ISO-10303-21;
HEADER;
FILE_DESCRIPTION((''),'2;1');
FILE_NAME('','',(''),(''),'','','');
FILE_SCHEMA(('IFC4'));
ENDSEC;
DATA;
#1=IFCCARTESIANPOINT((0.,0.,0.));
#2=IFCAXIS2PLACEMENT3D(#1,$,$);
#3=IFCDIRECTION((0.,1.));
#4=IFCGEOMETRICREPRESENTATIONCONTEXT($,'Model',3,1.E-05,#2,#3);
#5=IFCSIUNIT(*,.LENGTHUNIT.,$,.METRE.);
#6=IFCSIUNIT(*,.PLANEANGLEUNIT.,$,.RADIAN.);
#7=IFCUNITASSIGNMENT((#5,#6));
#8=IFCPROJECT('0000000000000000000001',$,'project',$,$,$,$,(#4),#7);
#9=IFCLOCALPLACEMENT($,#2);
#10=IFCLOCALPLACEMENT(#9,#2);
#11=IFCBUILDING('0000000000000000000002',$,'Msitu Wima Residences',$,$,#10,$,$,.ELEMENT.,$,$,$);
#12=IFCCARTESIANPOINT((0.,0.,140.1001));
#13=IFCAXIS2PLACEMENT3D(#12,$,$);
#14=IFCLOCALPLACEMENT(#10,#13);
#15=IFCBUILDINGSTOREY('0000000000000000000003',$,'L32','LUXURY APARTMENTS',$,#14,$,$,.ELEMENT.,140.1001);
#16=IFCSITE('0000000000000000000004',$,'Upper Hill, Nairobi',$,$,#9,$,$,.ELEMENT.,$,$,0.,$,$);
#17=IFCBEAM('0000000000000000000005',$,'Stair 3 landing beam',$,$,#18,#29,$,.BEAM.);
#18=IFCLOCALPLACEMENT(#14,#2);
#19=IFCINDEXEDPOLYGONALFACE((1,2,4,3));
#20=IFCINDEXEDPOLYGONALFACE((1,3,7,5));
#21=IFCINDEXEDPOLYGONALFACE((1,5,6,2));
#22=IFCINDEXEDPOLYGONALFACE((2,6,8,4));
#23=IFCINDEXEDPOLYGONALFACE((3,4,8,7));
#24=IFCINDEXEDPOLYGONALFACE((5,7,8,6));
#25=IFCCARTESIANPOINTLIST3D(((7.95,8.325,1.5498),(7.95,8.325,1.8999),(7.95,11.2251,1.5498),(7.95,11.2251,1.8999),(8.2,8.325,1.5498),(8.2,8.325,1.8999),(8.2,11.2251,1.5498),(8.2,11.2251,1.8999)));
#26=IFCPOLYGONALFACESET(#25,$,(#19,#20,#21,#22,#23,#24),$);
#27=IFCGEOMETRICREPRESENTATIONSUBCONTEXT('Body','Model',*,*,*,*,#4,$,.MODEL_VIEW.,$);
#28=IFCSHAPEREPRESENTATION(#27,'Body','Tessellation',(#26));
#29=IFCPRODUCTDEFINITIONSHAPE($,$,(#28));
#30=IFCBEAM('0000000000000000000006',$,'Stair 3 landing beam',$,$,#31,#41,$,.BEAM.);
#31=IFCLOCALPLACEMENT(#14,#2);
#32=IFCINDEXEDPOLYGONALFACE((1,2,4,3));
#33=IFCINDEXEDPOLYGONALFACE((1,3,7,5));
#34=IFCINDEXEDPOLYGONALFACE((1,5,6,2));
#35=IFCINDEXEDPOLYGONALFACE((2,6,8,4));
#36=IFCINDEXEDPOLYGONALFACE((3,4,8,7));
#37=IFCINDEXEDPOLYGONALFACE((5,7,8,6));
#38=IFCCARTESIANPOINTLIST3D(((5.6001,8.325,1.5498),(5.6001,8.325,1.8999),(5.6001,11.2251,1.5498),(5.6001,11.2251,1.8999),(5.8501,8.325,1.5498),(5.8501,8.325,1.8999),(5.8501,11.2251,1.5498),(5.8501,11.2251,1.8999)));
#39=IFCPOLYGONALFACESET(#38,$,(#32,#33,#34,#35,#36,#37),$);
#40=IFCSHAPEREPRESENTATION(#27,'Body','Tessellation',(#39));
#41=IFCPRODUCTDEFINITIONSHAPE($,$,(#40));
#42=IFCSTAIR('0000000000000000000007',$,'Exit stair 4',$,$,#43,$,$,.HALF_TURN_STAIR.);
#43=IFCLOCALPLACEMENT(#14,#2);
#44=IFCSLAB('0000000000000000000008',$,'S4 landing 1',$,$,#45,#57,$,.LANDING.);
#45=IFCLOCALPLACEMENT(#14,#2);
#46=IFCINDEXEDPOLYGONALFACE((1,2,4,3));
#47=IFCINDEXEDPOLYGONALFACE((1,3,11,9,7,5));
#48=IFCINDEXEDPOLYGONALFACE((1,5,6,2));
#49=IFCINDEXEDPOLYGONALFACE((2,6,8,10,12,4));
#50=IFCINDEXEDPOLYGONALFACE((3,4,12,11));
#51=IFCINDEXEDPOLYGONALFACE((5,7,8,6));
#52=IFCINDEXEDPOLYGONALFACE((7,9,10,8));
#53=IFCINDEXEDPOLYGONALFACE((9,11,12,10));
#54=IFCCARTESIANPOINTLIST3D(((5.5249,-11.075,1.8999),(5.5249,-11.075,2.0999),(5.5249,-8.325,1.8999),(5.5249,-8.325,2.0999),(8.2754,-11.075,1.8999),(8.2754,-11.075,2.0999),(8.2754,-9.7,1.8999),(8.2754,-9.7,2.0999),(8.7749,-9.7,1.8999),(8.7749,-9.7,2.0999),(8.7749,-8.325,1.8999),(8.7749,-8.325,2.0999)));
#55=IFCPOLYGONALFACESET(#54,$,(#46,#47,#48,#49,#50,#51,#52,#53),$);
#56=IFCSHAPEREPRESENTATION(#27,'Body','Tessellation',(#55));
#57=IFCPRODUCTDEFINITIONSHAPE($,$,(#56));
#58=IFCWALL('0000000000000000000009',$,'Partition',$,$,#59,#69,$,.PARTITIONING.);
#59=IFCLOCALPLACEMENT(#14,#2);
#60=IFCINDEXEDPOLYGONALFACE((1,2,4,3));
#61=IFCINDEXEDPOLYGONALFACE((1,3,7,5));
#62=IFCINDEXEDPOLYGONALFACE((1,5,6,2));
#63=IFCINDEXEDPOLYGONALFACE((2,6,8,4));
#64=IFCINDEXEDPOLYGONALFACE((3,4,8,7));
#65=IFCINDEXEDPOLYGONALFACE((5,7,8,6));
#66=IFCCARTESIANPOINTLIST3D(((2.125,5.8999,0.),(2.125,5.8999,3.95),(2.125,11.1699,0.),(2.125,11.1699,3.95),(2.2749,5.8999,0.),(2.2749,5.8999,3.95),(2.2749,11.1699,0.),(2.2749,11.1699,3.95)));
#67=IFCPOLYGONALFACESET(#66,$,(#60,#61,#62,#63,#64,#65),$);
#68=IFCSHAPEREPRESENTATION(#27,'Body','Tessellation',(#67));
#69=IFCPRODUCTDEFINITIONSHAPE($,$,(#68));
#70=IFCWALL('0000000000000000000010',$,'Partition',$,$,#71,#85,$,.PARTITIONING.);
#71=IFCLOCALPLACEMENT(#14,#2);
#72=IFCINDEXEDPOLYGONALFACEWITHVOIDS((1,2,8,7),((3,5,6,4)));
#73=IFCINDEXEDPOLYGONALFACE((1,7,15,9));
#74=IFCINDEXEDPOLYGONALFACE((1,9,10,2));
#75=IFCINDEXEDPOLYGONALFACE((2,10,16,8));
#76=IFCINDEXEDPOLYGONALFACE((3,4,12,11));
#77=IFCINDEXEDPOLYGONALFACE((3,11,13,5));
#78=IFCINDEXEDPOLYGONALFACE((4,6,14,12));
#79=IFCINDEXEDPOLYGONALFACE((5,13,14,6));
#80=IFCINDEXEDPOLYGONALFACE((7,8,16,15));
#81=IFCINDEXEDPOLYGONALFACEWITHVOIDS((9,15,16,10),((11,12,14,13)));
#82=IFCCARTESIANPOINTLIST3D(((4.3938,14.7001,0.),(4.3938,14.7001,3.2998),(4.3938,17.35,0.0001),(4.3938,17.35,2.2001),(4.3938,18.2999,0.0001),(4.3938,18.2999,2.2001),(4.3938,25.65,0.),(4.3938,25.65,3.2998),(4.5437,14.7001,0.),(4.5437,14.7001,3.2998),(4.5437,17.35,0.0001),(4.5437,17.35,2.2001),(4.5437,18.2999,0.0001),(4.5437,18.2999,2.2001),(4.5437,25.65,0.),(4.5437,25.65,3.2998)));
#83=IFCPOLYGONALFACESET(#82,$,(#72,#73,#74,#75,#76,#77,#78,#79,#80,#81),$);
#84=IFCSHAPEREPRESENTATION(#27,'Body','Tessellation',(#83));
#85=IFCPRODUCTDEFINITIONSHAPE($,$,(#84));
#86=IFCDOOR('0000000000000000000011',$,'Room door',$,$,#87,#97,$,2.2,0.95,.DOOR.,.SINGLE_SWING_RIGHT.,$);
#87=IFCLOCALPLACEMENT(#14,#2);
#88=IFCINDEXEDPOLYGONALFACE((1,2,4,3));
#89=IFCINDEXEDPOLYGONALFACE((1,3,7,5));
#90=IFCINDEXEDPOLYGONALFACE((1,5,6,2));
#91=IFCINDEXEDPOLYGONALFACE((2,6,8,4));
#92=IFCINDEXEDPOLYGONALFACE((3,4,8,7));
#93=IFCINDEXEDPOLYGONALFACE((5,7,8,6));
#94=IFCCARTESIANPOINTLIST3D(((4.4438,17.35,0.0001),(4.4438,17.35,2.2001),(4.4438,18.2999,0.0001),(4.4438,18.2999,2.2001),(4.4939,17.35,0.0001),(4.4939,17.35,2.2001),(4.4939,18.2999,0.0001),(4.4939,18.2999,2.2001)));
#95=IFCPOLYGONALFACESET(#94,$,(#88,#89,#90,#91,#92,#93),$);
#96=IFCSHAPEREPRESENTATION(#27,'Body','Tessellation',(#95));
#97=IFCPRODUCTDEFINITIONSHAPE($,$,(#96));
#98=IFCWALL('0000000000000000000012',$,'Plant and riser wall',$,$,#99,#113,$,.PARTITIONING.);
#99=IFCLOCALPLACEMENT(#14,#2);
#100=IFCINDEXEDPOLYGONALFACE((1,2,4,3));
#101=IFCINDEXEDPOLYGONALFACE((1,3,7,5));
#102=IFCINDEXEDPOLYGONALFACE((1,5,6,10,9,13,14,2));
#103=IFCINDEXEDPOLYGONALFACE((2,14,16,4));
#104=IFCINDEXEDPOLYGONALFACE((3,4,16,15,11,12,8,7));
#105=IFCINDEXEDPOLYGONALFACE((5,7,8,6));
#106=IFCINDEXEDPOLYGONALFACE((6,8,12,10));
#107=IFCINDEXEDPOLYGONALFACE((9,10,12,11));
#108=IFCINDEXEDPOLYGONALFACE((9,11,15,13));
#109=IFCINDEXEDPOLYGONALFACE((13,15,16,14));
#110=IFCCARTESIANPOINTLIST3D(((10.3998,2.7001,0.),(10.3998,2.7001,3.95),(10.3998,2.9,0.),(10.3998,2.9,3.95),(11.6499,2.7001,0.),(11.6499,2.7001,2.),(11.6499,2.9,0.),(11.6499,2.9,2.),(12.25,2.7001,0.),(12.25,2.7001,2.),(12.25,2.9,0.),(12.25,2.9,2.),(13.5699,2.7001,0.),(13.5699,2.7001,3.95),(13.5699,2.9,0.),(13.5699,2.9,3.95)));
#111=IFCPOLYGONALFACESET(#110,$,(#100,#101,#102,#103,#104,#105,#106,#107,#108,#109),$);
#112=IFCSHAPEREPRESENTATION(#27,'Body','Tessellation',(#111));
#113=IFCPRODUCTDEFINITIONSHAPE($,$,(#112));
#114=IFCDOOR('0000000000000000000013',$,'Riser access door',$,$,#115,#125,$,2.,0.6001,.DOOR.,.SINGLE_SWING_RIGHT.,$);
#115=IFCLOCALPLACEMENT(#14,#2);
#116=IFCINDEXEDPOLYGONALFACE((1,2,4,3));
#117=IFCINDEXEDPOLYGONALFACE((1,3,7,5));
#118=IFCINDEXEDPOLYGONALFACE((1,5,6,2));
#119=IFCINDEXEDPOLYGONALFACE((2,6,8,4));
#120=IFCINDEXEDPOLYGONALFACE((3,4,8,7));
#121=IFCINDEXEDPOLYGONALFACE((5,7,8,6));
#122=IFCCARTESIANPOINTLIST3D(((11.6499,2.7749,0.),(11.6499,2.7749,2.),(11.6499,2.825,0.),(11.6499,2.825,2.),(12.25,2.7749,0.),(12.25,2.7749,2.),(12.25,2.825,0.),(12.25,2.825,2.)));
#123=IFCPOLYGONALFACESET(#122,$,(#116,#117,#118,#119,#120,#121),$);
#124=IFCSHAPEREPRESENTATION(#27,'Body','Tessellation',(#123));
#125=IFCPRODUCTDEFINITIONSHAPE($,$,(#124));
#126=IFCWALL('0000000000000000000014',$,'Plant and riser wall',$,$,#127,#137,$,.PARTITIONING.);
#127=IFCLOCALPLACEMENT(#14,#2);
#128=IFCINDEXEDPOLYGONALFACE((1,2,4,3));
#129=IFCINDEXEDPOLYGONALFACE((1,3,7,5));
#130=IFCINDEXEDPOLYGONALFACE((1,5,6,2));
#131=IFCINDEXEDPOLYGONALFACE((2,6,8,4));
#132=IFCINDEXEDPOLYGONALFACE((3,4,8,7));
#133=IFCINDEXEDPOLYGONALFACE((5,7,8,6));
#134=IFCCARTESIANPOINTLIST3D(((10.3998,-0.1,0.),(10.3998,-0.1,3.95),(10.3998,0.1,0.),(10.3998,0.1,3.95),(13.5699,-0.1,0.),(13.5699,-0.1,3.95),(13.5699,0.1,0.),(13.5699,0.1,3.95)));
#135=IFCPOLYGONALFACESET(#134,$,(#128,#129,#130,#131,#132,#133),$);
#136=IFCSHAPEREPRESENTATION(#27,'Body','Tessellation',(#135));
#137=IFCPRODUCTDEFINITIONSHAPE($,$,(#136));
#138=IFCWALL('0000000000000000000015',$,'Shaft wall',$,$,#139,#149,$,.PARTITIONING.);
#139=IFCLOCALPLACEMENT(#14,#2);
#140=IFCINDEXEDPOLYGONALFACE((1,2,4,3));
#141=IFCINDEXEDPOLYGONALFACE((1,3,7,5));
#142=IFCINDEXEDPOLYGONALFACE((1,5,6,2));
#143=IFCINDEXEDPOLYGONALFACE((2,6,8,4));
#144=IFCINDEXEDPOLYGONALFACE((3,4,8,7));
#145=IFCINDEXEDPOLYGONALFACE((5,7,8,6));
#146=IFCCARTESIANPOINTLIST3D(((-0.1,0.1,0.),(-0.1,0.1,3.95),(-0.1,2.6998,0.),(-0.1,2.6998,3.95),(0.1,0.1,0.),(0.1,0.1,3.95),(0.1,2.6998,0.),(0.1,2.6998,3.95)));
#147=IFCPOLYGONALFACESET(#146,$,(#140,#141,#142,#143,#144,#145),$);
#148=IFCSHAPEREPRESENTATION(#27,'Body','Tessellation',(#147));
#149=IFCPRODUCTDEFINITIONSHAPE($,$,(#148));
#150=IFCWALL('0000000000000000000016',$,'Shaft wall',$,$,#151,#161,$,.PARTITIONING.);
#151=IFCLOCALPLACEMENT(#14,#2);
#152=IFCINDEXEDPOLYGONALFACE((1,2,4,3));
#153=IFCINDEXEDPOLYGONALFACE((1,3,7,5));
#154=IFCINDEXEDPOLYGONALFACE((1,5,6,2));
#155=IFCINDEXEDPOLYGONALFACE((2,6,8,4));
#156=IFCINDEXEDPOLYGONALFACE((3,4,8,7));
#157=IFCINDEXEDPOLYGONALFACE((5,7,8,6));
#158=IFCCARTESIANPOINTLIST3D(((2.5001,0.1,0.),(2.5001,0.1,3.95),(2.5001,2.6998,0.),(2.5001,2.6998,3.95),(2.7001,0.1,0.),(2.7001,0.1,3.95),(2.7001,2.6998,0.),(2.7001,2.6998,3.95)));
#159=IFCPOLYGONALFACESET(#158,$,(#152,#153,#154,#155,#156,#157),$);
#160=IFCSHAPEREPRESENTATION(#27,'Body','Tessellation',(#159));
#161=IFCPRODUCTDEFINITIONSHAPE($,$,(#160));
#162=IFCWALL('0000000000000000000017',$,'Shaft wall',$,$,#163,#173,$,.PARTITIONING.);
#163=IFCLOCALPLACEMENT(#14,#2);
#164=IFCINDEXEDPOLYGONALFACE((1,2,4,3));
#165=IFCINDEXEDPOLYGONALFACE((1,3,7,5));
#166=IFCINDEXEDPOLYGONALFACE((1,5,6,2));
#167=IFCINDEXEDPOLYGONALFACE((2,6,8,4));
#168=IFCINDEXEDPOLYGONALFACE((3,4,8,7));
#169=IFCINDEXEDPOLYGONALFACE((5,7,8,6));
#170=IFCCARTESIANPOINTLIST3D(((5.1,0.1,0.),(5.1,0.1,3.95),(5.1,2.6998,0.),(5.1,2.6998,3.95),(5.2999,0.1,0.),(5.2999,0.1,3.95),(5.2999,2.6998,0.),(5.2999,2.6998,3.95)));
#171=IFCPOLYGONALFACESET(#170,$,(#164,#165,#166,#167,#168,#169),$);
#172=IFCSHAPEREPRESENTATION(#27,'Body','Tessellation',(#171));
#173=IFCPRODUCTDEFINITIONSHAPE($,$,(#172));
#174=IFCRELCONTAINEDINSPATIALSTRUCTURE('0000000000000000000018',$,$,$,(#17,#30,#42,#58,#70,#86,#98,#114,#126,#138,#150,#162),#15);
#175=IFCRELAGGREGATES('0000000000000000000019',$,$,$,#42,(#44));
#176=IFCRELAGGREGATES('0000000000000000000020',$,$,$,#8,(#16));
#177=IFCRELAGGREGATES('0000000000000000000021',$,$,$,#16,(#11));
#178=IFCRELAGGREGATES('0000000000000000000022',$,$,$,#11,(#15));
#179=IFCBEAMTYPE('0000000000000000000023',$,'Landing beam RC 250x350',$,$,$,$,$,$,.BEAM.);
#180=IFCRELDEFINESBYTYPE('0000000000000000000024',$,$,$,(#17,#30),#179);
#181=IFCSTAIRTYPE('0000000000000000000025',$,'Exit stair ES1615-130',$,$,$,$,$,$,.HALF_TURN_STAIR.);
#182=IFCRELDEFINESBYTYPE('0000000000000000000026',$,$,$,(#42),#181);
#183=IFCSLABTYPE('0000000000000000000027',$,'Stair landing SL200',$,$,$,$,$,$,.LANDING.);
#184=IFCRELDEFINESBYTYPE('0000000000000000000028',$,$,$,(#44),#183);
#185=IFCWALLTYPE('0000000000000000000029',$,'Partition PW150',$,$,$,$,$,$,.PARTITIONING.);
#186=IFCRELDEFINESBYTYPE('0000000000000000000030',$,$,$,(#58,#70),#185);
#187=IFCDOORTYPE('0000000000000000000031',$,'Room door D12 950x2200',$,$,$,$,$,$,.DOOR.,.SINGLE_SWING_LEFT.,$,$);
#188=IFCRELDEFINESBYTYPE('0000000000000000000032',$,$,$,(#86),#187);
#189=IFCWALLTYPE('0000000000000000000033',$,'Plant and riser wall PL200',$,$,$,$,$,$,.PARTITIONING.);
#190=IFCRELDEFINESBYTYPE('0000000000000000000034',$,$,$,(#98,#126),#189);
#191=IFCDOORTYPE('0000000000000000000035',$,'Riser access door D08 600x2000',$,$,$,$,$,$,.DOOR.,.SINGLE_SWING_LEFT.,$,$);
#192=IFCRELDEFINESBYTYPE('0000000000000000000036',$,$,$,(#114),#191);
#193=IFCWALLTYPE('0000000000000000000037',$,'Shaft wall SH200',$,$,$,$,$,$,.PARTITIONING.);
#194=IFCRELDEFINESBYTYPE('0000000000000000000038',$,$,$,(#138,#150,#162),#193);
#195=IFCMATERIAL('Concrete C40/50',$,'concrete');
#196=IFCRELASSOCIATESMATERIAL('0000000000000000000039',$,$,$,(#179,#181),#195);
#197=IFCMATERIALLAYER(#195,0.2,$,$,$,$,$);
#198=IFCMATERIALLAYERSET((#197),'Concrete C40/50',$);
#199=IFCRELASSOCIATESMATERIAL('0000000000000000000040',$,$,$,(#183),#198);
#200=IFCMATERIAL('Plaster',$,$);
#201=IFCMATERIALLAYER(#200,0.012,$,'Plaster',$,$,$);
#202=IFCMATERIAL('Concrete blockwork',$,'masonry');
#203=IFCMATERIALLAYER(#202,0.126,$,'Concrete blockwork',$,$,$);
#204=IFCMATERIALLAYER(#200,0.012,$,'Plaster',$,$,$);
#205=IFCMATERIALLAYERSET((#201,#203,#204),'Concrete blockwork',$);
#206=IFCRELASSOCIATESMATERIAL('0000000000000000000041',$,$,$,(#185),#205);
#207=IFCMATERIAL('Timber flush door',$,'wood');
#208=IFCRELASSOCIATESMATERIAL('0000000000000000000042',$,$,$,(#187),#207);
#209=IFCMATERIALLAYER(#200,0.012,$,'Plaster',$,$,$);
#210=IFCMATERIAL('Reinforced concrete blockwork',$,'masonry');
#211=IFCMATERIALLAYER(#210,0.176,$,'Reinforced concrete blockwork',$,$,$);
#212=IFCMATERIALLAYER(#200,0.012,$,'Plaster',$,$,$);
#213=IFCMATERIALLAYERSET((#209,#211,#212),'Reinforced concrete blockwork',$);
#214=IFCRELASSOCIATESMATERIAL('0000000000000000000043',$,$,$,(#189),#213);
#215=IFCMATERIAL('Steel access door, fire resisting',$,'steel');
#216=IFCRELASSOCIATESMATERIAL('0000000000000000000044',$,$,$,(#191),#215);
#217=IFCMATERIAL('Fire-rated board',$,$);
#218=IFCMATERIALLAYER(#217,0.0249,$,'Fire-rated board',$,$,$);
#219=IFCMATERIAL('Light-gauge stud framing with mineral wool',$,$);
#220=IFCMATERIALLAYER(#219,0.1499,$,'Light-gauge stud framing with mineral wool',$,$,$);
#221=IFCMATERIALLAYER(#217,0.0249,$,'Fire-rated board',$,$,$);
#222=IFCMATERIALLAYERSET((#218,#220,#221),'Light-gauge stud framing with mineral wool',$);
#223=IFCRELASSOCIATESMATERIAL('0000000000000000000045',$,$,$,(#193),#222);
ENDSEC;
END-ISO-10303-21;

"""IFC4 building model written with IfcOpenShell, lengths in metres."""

from ifc_helpers import new_model, si_unit, direction, frame, frame_2d, origin, origin_2d, place, context, subcontext, project, spatial, polyline, rectangle, outline, extrude, material, layer, layer_set, material_profile, profile_set, type_object, element, fill, aggregate, save


model = new_model("IFC4")

# Units and contexts
model_context = context("Model", 3, precision=1e-05, world=origin(), true_north=direction((0.0, 1.0)))
body_context = subcontext(model_context, "Body", "Model", "MODEL_VIEW")
ifc_project = project(units=[si_unit("LENGTHUNIT", "METRE"), si_unit("PLANEANGLEUNIT", "RADIAN")], contexts=[model_context])

# Site, building, storey
site_placement = place(None, origin())
site = spatial("IfcSite", under=ifc_project, at=site_placement, Name="Upper Hill, Nairobi", CompositionType="ELEMENT", RefElevation=0.0)
building_placement = place(site_placement, origin())
building = spatial("IfcBuilding", under=site, at=building_placement, Name="Msitu Wima Residences", CompositionType="ELEMENT")
storey_placement = place(building_placement, frame((0.0, 0.0, 140.1001)))
storey = spatial("IfcBuildingStorey", under=building, at=storey_placement, Name="L32", Description="LUXURY APARTMENTS", CompositionType="ELEMENT", Elevation=140.1001)

# Beams
ifc_material_1 = material(Name="Concrete C40/50", Category="concrete")
ifc_material_profile = material_profile(ifc_material_1, rectangle(XDim=0.25, YDim=0.3501, at=origin_2d()), Name="RC 250x350")
ifc_profile_set = profile_set([ifc_material_profile], Name="Concrete C40/50")
beam_type = type_object("IfcBeamType", Name="Landing beam RC 250x350", PredefinedType="BEAM", material=ifc_profile_set)
for number, where, z_axis, x_axis, name in (
    (1, (8.075, 8.325, 1.7249), (0.0, 1.0, 0.0), (-1.0, 0.0, 0.0), "Stair 3 landing beam"),
    (2, (5.7251, 8.325, 1.7249), (0.0, 1.0, 0.0), (-1.0, 0.0, 0.0), "Stair 3 landing beam"),
):
    element("IfcBeam", number, at=place(storey_placement, frame(where, z_axis=z_axis, x_axis=x_axis)), inside=storey, type_object=beam_type, Name=name, PredefinedType="BEAM", context=body_context, shape_type="SweptSolid", body=[
        extrude(rectangle(XDim=0.25, YDim=0.3501, at=origin_2d()), origin(), (0.0, 0.0, 1.0), 2.9001),
    ])

# Stair, slab
stair_type = type_object("IfcStairType", Name="Exit stair ES1615-130", PredefinedType="HALF_TURN_STAIR", material=ifc_material_1)
stair_1_placement = place(storey_placement, origin())
stair_1 = element("IfcStair", 3, at=stair_1_placement, inside=storey, type_object=stair_type, Name="Exit stair 4", PredefinedType="HALF_TURN_STAIR")
ifc_layer_1 = layer(ifc_material_1, 0.2)
ifc_layer_set_1 = layer_set([ifc_layer_1], Name="Concrete C40/50")
slab_type = type_object("IfcSlabType", Name="Stair landing SL200", PredefinedType="LANDING", material=ifc_layer_set_1)
slab_placement = place(storey_placement, frame((0.0, 0.0, 1.8999)))
slab = element("IfcSlab", 4, at=slab_placement, type_object=slab_type, Name="S4 landing 1", PredefinedType="LANDING", context=body_context, shape_type="SweptSolid", body=[
    extrude(outline(polyline([(5.5249, -11.075), (8.2754, -11.075), (8.2754, -9.7), (8.7749, -9.7), (8.7749, -8.325), (5.5249, -8.325), (5.5249, -11.075)])), origin(), (0.0, 0.0, 1.0), 0.2),
])
aggregate(stair_1, [slab])

# Wall
ifc_material_2 = material(Name="Plaster")
ifc_layer_2 = layer(ifc_material_2, 0.012, Name="Plaster")
ifc_material_3 = material(Name="Concrete blockwork", Category="masonry")
ifc_layer_3 = layer(ifc_material_3, 0.126, Name="Concrete blockwork")
ifc_layer_4 = layer(ifc_material_2, 0.012, Name="Plaster")
ifc_layer_set_2 = layer_set([ifc_layer_2, ifc_layer_3, ifc_layer_4], Name="Concrete blockwork")
wall_type_1 = type_object("IfcWallType", Name="Partition PW150", PredefinedType="PARTITIONING", material=ifc_layer_set_2)
wall_1_placement = place(storey_placement, frame((2.2, 5.8999, 0.0), z_axis=(0.0, 0.0, 1.0), x_axis=(0.0, 1.0, 0.0)))
element("IfcWall", 5, at=wall_1_placement, inside=storey, type_object=wall_type_1, Name="Partition", PredefinedType="PARTITIONING", context=body_context, shape_type="SweptSolid", body=[
    extrude(rectangle(XDim=5.27, YDim=0.1499, at=frame_2d((2.635, 0.0))), origin(), (0.0, 0.0, 1.0), 3.95),
])

# Walls, openings, doors
wall_2_placement = place(storey_placement, frame((4.4688, 14.7, 0.0), z_axis=(0.0, 0.0, 1.0), x_axis=(0.0, 1.0, 0.0)))
wall_2 = element("IfcWall", 6, at=wall_2_placement, inside=storey, type_object=wall_type_1, Name="Partition", PredefinedType="PARTITIONING", context=body_context, shape_type="SweptSolid", body=[
    extrude(rectangle(XDim=10.95, YDim=0.1499, at=frame_2d((5.4751, 0.0))), origin(), (0.0, 0.0, 1.0), 3.2998),
])
opening_1_placement = place(wall_2_placement, frame((2.6499, 0.0, 0.0)))
opening_1 = element("IfcOpeningElement", 7, at=opening_1_placement, cuts=wall_2, PredefinedType="OPENING", context=body_context, shape_type="SweptSolid", body=[
    extrude(rectangle(XDim=0.95, YDim=2.2, at=frame_2d((0.4751, 1.1001))), frame((0.0, 0.085, 0.0), z_axis=(0.0, -1.0, 0.0), x_axis=(1.0, 0.0, 0.0)), (0.0, 0.0, 1.0), 0.1699),
])
ifc_material_4 = material(Name="Timber flush door", Category="wood")
door_type_1 = type_object("IfcDoorType", Name="Room door D12 950x2200", OperationType="SINGLE_SWING_LEFT", PredefinedType="DOOR", material=ifc_material_4)
door_1_placement = place(opening_1_placement, origin())
door_1 = element("IfcDoor", 8, at=door_1_placement, inside=storey, type_object=door_type_1, Name="Room door", OperationType="SINGLE_SWING_RIGHT", OverallHeight=2.2, OverallWidth=0.95, PredefinedType="DOOR", context=body_context, shape_type="SweptSolid", body=[
    extrude(rectangle(XDim=0.95, YDim=2.2, at=frame_2d((0.4751, 1.1001))), frame((0.0, 0.0249, 0.0), z_axis=(0.0, -1.0, 0.0), x_axis=(1.0, 0.0, 0.0)), (0.0, 0.0, 1.0), 0.05),
])
fill(opening_1, door_1)
ifc_layer_5 = layer(ifc_material_2, 0.012, Name="Plaster")
ifc_material_5 = material(Name="Reinforced concrete blockwork", Category="masonry")
ifc_layer_6 = layer(ifc_material_5, 0.176, Name="Reinforced concrete blockwork")
ifc_layer_7 = layer(ifc_material_2, 0.012, Name="Plaster")
ifc_layer_set_3 = layer_set([ifc_layer_5, ifc_layer_6, ifc_layer_7], Name="Reinforced concrete blockwork")
wall_type_2 = type_object("IfcWallType", Name="Plant and riser wall PL200", PredefinedType="PARTITIONING", material=ifc_layer_set_3)
wall_3_placement = place(storey_placement, frame((10.3999, 2.8, 0.0), z_axis=(0.0, 0.0, 1.0), x_axis=(1.0, 0.0, 0.0)))
wall_3 = element("IfcWall", 9, at=wall_3_placement, inside=storey, type_object=wall_type_2, Name="Plant and riser wall", PredefinedType="PARTITIONING", context=body_context, shape_type="SweptSolid", body=[
    extrude(rectangle(XDim=3.1702, YDim=0.2, at=frame_2d((1.585, 0.0))), origin(), (0.0, 0.0, 1.0), 3.95),
])
opening_2_placement = place(wall_3_placement, frame((1.25, 0.0, 0.0)))
opening_2 = element("IfcOpeningElement", 10, at=opening_2_placement, cuts=wall_3, PredefinedType="OPENING", context=body_context, shape_type="SweptSolid", body=[
    extrude(rectangle(XDim=0.6001, YDim=2.0, at=frame_2d((0.3, 1.0))), frame((0.0, 0.1099, 0.0), z_axis=(0.0, -1.0, 0.0), x_axis=(1.0, 0.0, 0.0)), (0.0, 0.0, 1.0), 0.22),
])
ifc_material_6 = material(Name="Steel access door, fire resisting", Category="steel")
door_type_2 = type_object("IfcDoorType", Name="Riser access door D08 600x2000", OperationType="SINGLE_SWING_LEFT", PredefinedType="DOOR", material=ifc_material_6)
door_2_placement = place(opening_2_placement, origin())
door_2 = element("IfcDoor", 11, at=door_2_placement, inside=storey, type_object=door_type_2, Name="Riser access door", OperationType="SINGLE_SWING_RIGHT", OverallHeight=2.0, OverallWidth=0.6001, PredefinedType="DOOR", context=body_context, shape_type="SweptSolid", body=[
    extrude(rectangle(XDim=0.6001, YDim=2.0, at=frame_2d((0.3, 1.0))), frame((0.0, 0.0249, 0.0), z_axis=(0.0, -1.0, 0.0), x_axis=(1.0, 0.0, 0.0)), (0.0, 0.0, 1.0), 0.05),
])
fill(opening_2, door_2)

# Walls
wall_4_placement = place(storey_placement, frame((10.3999, 0.0, 0.0), z_axis=(0.0, 0.0, 1.0), x_axis=(1.0, 0.0, 0.0)))
element("IfcWall", 12, at=wall_4_placement, inside=storey, type_object=wall_type_2, Name="Plant and riser wall", PredefinedType="PARTITIONING", context=body_context, shape_type="SweptSolid", body=[
    extrude(rectangle(XDim=3.1702, YDim=0.2, at=frame_2d((1.585, 0.0))), origin(), (0.0, 0.0, 1.0), 3.95),
])
ifc_material_7 = material(Name="Fire-rated board")
ifc_layer_8 = layer(ifc_material_7, 0.0249, Name="Fire-rated board")
ifc_material_8 = material(Name="Light-gauge stud framing with mineral wool")
ifc_layer_9 = layer(ifc_material_8, 0.1499, Name="Light-gauge stud framing with mineral wool")
ifc_layer_10 = layer(ifc_material_7, 0.0249, Name="Fire-rated board")
ifc_layer_set_4 = layer_set([ifc_layer_8, ifc_layer_9, ifc_layer_10], Name="Light-gauge stud framing with mineral wool")
wall_type_3 = type_object("IfcWallType", Name="Shaft wall SH200", PredefinedType="PARTITIONING", material=ifc_layer_set_4)
for number, where, z_axis, x_axis, name in (
    (13, (0.0, 0.1001, 0.0), (0.0, 0.0, 1.0), (0.0, 1.0, 0.0), "Shaft wall"),
    (14, (2.6001, 0.1001, 0.0), (0.0, 0.0, 1.0), (0.0, 1.0, 0.0), "Shaft wall"),
    (15, (5.2, 0.1001, 0.0), (0.0, 0.0, 1.0), (0.0, 1.0, 0.0), "Shaft wall"),
):
    element("IfcWall", number, at=place(storey_placement, frame(where, z_axis=z_axis, x_axis=x_axis)), inside=storey, type_object=wall_type_3, Name=name, PredefinedType="PARTITIONING", context=body_context, shape_type="SweptSolid", body=[
        extrude(rectangle(XDim=2.5999, YDim=0.2, at=frame_2d((1.2998, 0.0))), origin(), (0.0, 0.0, 1.0), 3.95),
    ])

save(model, "model.ifc")
